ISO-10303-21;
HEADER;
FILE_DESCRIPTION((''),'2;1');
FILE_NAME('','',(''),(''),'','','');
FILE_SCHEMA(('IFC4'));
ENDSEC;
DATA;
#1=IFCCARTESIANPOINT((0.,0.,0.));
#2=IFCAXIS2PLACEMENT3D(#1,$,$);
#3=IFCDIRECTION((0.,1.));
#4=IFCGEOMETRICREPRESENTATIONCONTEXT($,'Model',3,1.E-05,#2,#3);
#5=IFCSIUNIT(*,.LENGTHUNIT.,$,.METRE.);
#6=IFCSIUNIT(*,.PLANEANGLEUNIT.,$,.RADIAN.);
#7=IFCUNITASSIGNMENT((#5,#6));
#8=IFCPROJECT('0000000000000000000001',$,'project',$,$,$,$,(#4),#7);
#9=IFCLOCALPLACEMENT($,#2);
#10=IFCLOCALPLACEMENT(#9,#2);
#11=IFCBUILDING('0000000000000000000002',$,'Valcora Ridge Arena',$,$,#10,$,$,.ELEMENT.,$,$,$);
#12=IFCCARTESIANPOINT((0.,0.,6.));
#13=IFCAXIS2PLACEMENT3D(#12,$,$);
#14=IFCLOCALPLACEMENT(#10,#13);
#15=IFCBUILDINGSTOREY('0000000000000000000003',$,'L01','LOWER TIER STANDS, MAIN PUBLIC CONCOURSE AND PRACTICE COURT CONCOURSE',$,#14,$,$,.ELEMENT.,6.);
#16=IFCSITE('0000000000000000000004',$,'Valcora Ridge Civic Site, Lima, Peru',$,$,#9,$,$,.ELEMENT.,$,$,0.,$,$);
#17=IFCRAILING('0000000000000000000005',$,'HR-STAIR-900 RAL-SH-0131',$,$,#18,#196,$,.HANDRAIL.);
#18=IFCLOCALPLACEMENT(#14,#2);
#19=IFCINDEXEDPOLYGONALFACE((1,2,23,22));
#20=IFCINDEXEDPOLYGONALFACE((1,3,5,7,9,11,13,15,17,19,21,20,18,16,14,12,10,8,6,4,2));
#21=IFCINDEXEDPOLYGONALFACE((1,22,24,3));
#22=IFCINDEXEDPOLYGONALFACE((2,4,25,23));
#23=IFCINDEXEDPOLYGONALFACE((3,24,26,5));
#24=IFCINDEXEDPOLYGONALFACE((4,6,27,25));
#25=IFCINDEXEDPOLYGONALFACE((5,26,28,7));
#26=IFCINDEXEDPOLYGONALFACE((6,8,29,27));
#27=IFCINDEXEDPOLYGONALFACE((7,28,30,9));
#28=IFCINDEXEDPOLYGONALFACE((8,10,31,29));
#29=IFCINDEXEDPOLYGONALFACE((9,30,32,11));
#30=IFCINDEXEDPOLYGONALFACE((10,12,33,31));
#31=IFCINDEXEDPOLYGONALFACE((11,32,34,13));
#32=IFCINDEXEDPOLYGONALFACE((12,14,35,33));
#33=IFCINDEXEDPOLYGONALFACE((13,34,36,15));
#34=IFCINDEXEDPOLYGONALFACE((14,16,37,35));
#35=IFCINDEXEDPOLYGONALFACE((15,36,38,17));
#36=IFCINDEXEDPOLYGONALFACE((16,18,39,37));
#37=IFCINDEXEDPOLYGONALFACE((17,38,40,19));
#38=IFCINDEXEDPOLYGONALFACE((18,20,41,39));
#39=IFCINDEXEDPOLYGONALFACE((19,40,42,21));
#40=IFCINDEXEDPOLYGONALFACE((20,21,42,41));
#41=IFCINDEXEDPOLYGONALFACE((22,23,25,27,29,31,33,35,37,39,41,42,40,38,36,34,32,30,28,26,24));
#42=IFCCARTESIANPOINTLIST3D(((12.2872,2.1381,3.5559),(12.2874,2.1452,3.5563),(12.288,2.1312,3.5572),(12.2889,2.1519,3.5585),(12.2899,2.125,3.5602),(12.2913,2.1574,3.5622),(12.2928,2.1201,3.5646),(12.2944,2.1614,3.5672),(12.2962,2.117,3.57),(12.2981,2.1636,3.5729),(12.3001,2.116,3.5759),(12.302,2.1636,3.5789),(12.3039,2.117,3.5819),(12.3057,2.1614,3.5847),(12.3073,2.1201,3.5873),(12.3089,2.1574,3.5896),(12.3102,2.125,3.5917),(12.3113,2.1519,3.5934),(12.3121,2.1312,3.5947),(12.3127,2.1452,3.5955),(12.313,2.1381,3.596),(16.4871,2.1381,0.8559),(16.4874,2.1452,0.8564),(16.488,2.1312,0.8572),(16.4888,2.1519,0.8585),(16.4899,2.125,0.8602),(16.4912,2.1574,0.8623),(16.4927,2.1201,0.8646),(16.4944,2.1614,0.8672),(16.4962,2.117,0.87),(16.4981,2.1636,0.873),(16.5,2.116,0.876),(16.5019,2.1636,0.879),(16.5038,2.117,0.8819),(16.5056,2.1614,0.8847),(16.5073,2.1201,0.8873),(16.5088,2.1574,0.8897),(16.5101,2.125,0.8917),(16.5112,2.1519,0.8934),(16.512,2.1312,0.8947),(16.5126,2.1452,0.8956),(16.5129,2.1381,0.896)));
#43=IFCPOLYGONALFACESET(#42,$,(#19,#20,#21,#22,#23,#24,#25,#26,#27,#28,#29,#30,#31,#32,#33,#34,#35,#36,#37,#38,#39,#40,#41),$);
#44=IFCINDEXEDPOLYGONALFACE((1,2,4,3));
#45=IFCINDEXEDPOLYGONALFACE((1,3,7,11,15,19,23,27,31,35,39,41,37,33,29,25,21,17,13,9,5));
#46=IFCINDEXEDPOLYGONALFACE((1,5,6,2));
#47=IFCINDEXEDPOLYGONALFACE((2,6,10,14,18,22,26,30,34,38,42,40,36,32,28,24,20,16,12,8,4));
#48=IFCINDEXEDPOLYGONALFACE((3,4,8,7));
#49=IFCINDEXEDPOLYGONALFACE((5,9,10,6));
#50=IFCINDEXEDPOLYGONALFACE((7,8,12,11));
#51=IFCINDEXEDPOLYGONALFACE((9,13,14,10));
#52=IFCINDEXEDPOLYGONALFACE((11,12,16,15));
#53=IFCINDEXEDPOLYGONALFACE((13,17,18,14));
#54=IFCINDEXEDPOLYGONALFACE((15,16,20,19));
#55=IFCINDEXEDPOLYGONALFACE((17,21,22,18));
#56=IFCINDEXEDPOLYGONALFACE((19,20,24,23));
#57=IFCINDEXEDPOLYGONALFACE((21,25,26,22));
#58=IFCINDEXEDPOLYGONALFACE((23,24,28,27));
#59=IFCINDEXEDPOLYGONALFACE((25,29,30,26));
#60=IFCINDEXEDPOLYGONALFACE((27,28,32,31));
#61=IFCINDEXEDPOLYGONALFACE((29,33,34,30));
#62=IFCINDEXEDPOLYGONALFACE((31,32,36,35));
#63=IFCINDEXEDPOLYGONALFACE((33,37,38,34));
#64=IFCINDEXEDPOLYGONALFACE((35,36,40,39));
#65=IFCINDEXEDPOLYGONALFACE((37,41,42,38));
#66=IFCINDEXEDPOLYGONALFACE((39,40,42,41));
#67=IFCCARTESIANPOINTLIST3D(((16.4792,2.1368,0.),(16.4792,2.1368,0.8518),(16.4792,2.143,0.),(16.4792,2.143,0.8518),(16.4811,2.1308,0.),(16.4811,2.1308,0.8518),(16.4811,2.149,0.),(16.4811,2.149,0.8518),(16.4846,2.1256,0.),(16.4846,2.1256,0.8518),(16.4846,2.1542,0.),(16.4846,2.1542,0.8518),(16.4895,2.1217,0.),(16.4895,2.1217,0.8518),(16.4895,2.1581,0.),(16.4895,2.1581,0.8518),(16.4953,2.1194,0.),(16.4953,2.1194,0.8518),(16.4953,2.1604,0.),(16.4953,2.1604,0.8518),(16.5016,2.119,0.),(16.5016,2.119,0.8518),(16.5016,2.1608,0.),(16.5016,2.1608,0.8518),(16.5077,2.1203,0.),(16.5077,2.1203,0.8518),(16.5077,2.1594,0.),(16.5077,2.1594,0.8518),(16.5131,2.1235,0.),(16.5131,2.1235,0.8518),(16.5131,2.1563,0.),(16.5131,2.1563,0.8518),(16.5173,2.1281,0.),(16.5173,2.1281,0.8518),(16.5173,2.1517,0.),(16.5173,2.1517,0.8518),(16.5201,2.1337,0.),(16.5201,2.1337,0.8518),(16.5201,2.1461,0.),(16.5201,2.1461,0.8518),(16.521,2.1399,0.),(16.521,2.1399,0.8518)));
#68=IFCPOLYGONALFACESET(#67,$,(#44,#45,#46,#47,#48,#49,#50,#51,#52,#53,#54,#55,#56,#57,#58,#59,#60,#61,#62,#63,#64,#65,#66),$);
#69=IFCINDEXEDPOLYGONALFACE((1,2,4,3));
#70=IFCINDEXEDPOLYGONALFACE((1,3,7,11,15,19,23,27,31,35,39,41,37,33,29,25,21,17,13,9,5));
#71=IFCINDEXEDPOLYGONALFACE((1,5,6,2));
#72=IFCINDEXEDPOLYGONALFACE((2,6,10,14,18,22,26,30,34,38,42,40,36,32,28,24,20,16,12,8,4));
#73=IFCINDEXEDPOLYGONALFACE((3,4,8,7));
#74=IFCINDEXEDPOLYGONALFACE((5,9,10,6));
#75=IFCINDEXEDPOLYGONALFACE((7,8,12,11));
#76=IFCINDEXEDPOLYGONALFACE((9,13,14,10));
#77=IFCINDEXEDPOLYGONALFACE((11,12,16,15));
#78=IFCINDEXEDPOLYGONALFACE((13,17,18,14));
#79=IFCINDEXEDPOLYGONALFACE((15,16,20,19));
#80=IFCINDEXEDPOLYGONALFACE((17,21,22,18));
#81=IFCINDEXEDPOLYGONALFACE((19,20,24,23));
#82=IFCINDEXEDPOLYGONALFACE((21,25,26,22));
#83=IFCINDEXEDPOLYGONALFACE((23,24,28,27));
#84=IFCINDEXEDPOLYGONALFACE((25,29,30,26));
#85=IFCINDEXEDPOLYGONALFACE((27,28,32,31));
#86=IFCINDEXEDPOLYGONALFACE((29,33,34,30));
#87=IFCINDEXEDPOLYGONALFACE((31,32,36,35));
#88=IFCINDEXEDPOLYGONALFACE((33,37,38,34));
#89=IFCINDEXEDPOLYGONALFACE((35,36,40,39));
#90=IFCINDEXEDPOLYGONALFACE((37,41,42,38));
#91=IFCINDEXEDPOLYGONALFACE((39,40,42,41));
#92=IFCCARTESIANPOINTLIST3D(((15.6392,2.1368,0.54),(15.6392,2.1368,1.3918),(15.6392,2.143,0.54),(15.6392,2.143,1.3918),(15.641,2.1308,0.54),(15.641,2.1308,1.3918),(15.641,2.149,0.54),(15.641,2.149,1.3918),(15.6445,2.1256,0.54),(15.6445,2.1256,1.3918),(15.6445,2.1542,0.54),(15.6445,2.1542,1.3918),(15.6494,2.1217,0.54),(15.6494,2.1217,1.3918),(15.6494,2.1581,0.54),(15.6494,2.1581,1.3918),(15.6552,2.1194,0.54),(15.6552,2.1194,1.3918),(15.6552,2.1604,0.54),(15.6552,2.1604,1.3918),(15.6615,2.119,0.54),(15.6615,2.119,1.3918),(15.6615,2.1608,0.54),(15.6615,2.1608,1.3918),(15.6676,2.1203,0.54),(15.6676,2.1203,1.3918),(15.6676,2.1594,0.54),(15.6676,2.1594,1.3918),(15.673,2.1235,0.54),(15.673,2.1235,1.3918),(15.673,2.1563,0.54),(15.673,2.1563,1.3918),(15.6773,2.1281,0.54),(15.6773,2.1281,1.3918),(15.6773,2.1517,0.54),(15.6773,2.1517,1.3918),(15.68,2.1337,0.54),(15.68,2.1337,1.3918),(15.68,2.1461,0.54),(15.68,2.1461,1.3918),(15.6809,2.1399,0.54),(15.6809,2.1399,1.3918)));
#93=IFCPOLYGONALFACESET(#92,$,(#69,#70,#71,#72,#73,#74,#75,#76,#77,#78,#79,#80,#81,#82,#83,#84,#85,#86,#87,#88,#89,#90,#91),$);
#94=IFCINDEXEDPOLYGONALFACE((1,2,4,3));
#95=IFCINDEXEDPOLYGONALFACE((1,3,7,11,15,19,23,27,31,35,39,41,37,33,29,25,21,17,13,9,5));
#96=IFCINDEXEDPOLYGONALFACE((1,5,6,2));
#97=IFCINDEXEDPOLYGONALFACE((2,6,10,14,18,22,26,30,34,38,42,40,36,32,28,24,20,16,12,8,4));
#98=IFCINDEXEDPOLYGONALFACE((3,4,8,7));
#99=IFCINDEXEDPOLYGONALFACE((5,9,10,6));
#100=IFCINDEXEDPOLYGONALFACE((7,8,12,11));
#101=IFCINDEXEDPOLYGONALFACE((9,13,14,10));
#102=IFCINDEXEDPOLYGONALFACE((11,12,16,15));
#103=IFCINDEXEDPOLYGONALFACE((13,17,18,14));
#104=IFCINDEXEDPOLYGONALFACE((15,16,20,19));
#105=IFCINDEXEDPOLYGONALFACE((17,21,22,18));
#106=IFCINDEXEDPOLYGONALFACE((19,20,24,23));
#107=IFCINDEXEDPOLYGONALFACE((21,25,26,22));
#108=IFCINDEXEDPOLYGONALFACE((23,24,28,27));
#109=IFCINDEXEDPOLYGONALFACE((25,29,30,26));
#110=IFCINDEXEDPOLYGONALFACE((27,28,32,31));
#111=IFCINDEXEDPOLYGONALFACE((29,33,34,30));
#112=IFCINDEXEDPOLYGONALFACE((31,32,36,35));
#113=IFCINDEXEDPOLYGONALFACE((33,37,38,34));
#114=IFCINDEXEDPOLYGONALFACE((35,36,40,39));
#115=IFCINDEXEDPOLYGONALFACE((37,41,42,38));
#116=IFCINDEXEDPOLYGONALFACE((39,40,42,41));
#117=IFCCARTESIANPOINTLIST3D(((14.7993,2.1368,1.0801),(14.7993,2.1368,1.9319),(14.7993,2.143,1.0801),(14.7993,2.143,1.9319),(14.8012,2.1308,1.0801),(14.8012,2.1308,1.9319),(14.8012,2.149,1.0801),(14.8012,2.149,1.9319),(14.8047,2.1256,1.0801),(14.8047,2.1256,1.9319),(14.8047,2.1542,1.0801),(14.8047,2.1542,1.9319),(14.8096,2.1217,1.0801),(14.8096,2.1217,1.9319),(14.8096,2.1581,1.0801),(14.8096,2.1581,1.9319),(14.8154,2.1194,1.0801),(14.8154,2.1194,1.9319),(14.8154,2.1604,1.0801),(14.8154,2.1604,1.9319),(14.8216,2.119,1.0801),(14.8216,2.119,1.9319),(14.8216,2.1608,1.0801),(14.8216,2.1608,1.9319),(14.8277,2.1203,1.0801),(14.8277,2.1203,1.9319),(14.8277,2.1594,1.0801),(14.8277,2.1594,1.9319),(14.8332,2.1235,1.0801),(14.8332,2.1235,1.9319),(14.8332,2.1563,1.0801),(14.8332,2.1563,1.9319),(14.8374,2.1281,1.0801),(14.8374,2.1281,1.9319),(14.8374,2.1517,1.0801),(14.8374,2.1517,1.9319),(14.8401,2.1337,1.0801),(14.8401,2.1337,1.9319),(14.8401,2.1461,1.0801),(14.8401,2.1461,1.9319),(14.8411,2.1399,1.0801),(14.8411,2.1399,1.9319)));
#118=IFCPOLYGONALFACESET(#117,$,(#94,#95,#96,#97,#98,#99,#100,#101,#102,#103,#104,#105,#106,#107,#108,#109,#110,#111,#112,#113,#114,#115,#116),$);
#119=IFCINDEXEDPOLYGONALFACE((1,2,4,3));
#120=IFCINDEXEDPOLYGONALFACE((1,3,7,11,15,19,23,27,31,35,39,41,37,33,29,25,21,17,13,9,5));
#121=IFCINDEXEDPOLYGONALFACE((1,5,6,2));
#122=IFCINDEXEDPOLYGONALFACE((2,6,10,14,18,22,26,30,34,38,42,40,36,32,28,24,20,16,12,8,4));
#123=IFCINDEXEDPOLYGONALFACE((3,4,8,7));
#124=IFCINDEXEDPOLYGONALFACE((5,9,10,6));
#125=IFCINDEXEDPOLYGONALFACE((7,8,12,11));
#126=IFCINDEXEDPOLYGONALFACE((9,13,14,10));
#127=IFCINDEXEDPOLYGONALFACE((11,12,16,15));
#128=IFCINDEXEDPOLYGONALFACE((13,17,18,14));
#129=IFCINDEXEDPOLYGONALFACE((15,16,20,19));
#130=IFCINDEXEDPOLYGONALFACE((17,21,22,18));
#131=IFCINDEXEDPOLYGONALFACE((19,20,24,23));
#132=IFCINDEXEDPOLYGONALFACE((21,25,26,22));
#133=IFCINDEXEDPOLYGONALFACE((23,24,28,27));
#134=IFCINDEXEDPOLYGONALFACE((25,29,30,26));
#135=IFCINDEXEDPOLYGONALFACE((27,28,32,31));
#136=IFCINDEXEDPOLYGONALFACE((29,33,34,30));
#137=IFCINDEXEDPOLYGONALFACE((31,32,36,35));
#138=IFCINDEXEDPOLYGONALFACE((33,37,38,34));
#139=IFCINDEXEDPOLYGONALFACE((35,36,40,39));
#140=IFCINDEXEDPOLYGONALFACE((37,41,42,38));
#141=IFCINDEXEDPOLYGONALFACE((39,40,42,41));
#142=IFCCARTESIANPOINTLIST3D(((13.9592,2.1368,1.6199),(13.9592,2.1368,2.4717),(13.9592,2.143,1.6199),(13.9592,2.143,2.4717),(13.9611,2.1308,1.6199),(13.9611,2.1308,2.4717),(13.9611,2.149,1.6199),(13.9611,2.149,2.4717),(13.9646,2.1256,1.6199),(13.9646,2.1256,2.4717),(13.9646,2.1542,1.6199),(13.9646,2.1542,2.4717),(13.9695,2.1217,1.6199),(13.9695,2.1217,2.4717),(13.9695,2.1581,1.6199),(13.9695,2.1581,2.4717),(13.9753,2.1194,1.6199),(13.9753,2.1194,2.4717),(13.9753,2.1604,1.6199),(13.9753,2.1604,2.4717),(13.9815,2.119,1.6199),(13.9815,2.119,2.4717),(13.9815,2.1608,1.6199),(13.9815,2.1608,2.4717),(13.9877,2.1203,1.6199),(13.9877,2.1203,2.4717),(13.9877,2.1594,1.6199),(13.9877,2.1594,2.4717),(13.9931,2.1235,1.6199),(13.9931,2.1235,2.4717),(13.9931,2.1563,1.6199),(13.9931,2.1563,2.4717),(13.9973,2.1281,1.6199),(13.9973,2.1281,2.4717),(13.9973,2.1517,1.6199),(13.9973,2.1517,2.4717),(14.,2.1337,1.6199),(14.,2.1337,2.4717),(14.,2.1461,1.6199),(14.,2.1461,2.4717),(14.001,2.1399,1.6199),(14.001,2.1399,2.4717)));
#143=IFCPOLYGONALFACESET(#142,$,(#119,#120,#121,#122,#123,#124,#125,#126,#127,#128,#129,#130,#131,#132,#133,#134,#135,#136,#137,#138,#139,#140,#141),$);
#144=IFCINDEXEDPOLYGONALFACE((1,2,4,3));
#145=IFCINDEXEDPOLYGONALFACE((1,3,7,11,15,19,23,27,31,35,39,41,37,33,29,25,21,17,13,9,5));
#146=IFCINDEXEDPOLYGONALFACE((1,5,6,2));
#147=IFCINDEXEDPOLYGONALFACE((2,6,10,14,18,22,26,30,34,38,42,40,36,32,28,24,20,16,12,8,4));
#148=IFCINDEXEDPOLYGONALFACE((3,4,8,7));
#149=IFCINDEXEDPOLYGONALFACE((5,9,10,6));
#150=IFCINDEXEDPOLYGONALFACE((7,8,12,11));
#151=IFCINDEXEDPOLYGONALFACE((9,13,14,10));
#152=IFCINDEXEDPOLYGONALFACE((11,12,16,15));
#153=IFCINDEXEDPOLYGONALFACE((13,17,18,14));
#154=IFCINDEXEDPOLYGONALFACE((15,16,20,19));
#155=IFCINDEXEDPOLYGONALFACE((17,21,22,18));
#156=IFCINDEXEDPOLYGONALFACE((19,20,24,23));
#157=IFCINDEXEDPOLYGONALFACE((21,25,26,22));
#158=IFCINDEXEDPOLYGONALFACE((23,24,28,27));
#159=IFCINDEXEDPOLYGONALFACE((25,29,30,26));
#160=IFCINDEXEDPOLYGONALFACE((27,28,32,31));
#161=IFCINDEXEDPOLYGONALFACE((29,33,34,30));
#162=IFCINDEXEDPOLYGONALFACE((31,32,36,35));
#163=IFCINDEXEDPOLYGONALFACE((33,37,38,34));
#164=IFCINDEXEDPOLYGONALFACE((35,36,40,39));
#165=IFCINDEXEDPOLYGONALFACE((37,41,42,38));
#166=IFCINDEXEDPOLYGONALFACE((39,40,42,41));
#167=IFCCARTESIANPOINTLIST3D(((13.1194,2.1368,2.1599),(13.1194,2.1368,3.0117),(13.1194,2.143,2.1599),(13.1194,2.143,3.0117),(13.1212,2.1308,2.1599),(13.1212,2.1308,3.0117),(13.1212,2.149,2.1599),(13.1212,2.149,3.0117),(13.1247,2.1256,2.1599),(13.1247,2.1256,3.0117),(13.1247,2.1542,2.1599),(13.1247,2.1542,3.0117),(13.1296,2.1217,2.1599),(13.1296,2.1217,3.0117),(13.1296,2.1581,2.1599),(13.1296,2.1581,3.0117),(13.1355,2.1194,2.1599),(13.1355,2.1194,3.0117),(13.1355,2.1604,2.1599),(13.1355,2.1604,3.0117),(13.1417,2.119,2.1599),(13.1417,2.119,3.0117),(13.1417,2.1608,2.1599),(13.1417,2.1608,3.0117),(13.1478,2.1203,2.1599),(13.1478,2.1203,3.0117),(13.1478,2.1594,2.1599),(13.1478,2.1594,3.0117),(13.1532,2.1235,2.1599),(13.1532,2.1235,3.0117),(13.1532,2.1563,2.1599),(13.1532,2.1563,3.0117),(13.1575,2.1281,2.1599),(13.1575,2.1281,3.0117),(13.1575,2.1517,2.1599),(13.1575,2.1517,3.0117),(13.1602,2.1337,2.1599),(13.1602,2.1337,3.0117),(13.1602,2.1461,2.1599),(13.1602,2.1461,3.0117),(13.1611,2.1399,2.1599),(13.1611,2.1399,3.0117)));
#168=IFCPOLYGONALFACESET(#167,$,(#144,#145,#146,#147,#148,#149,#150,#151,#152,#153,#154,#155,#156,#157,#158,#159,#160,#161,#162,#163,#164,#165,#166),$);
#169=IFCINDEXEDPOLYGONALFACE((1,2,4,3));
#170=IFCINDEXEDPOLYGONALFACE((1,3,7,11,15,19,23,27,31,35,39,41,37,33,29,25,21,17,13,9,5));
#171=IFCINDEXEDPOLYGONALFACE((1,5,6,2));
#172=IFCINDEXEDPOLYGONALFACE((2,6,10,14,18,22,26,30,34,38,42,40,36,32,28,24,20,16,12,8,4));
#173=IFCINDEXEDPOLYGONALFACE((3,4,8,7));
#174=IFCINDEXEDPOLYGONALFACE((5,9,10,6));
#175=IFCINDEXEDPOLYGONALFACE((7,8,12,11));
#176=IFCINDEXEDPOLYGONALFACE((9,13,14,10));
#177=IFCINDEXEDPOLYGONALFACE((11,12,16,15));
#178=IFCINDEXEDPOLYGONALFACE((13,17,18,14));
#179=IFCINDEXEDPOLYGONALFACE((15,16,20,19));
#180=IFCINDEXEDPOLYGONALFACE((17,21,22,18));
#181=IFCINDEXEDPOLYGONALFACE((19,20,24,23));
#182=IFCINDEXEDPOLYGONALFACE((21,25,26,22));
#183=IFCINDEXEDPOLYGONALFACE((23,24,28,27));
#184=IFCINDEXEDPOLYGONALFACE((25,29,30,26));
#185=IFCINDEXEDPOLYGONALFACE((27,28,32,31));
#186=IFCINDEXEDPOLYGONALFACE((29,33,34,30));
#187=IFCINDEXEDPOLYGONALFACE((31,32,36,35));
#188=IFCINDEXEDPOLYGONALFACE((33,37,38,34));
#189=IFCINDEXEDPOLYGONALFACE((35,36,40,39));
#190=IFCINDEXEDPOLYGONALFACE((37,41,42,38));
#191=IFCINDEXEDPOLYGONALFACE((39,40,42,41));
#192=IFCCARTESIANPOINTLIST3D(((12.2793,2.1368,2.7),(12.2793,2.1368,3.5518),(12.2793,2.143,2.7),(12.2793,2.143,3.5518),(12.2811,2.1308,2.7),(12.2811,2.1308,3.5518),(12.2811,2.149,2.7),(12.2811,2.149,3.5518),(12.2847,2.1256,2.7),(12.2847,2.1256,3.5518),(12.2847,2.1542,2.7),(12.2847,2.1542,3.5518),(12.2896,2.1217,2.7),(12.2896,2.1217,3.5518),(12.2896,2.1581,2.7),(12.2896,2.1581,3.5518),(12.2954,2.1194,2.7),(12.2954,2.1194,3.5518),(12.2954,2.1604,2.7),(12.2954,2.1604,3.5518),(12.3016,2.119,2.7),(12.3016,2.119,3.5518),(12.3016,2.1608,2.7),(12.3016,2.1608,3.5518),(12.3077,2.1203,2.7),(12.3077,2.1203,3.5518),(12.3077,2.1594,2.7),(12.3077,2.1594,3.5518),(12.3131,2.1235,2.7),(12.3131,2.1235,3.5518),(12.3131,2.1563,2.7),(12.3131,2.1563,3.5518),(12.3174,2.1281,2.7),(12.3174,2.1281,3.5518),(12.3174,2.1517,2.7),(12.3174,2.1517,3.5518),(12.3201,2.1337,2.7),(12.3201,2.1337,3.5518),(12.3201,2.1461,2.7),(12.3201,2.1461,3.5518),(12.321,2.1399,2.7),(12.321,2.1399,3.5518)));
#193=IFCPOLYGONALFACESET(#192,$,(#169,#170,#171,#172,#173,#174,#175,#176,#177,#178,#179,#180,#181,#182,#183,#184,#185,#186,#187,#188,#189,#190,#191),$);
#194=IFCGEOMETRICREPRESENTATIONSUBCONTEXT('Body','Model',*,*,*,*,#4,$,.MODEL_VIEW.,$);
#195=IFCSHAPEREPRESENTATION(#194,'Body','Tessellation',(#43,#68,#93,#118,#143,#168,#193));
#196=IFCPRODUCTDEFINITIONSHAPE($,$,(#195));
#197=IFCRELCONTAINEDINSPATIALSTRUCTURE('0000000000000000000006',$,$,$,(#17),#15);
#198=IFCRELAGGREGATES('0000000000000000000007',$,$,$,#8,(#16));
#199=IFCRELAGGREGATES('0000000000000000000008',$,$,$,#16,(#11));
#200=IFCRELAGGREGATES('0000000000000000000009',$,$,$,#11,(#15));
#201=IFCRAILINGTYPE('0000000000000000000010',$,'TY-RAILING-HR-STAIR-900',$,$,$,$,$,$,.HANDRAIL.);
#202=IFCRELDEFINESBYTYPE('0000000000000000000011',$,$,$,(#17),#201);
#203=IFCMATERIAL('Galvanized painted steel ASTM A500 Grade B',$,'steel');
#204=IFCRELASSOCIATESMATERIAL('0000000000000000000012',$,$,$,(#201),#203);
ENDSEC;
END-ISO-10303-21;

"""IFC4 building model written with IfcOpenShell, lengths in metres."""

from ifc_helpers import new_model, si_unit, direction, frame, origin, origin_2d, place, context, subcontext, project, spatial, circle, extrude, material, type_object, element, save


model = new_model("IFC4")

# Units and contexts
model_context = context("Model", 3, precision=1e-05, world=origin(), true_north=direction((0.0, 1.0)))
body_context = subcontext(model_context, "Body", "Model", "MODEL_VIEW")
ifc_project = project(units=[si_unit("LENGTHUNIT", "METRE"), si_unit("PLANEANGLEUNIT", "RADIAN")], contexts=[model_context])

# Site, building, storey
site_placement = place(None, origin())
site = spatial("IfcSite", under=ifc_project, at=site_placement, Name="Valcora Ridge Civic Site, Lima, Peru", CompositionType="ELEMENT", RefElevation=0.0)
building_placement = place(site_placement, origin())
building = spatial("IfcBuilding", under=site, at=building_placement, Name="Valcora Ridge Arena", CompositionType="ELEMENT")
storey_placement = place(building_placement, frame((0.0, 0.0, 6.0)))
storey = spatial("IfcBuildingStorey", under=building, at=storey_placement, Name="L01", Description="LOWER TIER STANDS, MAIN PUBLIC CONCOURSE AND PRACTICE COURT CONCOURSE", CompositionType="ELEMENT", Elevation=6.0)

# Railing
ifc_material_1 = material(Name="Galvanized painted steel ASTM A500 Grade B", Category="steel")
railing_type_1 = type_object("IfcRailingType", Name="TY-RAILING-HR-STAIR-900", PredefinedType="HANDRAIL", material=ifc_material_1)
railing_1_placement = place(storey_placement, frame((16.5, 2.1399, 0.0)))
element("IfcRailing", 1, at=railing_1_placement, inside=storey, type_object=railing_type_1, Name="HR-STAIR-900 RAL-SH-0131", PredefinedType="HANDRAIL", context=body_context, shape_type="SweptSolid", body=[
    extrude(circle(Radius=0.0239, at=origin_2d()), frame((0.0, 0.0, 0.876), z_axis=(-0.84118, 0.0, 0.540755), x_axis=(0.0, -1.0, 0.0)), (0.0, 0.0, 1.0), 4.9929),
    extrude(circle(Radius=0.021, at=origin_2d()), origin(), (0.0, 0.0, 1.0), 0.8518),
    extrude(circle(Radius=0.021, at=origin_2d()), frame((-0.8401, 0.0, 0.54)), (0.0, 0.0, 1.0), 0.8518),
    extrude(circle(Radius=0.021, at=origin_2d()), frame((-1.6799, 0.0, 1.0801)), (0.0, 0.0, 1.0), 0.8518),
    extrude(circle(Radius=0.021, at=origin_2d()), frame((-2.52, 0.0, 1.6199)), (0.0, 0.0, 1.0), 0.8518),
    extrude(circle(Radius=0.021, at=origin_2d()), frame((-3.3599, 0.0, 2.1599)), (0.0, 0.0, 1.0), 0.8518),
    extrude(circle(Radius=0.021, at=origin_2d()), frame((-4.2, 0.0, 2.7)), (0.0, 0.0, 1.0), 0.8518),
])

save(model, "model.ifc")
